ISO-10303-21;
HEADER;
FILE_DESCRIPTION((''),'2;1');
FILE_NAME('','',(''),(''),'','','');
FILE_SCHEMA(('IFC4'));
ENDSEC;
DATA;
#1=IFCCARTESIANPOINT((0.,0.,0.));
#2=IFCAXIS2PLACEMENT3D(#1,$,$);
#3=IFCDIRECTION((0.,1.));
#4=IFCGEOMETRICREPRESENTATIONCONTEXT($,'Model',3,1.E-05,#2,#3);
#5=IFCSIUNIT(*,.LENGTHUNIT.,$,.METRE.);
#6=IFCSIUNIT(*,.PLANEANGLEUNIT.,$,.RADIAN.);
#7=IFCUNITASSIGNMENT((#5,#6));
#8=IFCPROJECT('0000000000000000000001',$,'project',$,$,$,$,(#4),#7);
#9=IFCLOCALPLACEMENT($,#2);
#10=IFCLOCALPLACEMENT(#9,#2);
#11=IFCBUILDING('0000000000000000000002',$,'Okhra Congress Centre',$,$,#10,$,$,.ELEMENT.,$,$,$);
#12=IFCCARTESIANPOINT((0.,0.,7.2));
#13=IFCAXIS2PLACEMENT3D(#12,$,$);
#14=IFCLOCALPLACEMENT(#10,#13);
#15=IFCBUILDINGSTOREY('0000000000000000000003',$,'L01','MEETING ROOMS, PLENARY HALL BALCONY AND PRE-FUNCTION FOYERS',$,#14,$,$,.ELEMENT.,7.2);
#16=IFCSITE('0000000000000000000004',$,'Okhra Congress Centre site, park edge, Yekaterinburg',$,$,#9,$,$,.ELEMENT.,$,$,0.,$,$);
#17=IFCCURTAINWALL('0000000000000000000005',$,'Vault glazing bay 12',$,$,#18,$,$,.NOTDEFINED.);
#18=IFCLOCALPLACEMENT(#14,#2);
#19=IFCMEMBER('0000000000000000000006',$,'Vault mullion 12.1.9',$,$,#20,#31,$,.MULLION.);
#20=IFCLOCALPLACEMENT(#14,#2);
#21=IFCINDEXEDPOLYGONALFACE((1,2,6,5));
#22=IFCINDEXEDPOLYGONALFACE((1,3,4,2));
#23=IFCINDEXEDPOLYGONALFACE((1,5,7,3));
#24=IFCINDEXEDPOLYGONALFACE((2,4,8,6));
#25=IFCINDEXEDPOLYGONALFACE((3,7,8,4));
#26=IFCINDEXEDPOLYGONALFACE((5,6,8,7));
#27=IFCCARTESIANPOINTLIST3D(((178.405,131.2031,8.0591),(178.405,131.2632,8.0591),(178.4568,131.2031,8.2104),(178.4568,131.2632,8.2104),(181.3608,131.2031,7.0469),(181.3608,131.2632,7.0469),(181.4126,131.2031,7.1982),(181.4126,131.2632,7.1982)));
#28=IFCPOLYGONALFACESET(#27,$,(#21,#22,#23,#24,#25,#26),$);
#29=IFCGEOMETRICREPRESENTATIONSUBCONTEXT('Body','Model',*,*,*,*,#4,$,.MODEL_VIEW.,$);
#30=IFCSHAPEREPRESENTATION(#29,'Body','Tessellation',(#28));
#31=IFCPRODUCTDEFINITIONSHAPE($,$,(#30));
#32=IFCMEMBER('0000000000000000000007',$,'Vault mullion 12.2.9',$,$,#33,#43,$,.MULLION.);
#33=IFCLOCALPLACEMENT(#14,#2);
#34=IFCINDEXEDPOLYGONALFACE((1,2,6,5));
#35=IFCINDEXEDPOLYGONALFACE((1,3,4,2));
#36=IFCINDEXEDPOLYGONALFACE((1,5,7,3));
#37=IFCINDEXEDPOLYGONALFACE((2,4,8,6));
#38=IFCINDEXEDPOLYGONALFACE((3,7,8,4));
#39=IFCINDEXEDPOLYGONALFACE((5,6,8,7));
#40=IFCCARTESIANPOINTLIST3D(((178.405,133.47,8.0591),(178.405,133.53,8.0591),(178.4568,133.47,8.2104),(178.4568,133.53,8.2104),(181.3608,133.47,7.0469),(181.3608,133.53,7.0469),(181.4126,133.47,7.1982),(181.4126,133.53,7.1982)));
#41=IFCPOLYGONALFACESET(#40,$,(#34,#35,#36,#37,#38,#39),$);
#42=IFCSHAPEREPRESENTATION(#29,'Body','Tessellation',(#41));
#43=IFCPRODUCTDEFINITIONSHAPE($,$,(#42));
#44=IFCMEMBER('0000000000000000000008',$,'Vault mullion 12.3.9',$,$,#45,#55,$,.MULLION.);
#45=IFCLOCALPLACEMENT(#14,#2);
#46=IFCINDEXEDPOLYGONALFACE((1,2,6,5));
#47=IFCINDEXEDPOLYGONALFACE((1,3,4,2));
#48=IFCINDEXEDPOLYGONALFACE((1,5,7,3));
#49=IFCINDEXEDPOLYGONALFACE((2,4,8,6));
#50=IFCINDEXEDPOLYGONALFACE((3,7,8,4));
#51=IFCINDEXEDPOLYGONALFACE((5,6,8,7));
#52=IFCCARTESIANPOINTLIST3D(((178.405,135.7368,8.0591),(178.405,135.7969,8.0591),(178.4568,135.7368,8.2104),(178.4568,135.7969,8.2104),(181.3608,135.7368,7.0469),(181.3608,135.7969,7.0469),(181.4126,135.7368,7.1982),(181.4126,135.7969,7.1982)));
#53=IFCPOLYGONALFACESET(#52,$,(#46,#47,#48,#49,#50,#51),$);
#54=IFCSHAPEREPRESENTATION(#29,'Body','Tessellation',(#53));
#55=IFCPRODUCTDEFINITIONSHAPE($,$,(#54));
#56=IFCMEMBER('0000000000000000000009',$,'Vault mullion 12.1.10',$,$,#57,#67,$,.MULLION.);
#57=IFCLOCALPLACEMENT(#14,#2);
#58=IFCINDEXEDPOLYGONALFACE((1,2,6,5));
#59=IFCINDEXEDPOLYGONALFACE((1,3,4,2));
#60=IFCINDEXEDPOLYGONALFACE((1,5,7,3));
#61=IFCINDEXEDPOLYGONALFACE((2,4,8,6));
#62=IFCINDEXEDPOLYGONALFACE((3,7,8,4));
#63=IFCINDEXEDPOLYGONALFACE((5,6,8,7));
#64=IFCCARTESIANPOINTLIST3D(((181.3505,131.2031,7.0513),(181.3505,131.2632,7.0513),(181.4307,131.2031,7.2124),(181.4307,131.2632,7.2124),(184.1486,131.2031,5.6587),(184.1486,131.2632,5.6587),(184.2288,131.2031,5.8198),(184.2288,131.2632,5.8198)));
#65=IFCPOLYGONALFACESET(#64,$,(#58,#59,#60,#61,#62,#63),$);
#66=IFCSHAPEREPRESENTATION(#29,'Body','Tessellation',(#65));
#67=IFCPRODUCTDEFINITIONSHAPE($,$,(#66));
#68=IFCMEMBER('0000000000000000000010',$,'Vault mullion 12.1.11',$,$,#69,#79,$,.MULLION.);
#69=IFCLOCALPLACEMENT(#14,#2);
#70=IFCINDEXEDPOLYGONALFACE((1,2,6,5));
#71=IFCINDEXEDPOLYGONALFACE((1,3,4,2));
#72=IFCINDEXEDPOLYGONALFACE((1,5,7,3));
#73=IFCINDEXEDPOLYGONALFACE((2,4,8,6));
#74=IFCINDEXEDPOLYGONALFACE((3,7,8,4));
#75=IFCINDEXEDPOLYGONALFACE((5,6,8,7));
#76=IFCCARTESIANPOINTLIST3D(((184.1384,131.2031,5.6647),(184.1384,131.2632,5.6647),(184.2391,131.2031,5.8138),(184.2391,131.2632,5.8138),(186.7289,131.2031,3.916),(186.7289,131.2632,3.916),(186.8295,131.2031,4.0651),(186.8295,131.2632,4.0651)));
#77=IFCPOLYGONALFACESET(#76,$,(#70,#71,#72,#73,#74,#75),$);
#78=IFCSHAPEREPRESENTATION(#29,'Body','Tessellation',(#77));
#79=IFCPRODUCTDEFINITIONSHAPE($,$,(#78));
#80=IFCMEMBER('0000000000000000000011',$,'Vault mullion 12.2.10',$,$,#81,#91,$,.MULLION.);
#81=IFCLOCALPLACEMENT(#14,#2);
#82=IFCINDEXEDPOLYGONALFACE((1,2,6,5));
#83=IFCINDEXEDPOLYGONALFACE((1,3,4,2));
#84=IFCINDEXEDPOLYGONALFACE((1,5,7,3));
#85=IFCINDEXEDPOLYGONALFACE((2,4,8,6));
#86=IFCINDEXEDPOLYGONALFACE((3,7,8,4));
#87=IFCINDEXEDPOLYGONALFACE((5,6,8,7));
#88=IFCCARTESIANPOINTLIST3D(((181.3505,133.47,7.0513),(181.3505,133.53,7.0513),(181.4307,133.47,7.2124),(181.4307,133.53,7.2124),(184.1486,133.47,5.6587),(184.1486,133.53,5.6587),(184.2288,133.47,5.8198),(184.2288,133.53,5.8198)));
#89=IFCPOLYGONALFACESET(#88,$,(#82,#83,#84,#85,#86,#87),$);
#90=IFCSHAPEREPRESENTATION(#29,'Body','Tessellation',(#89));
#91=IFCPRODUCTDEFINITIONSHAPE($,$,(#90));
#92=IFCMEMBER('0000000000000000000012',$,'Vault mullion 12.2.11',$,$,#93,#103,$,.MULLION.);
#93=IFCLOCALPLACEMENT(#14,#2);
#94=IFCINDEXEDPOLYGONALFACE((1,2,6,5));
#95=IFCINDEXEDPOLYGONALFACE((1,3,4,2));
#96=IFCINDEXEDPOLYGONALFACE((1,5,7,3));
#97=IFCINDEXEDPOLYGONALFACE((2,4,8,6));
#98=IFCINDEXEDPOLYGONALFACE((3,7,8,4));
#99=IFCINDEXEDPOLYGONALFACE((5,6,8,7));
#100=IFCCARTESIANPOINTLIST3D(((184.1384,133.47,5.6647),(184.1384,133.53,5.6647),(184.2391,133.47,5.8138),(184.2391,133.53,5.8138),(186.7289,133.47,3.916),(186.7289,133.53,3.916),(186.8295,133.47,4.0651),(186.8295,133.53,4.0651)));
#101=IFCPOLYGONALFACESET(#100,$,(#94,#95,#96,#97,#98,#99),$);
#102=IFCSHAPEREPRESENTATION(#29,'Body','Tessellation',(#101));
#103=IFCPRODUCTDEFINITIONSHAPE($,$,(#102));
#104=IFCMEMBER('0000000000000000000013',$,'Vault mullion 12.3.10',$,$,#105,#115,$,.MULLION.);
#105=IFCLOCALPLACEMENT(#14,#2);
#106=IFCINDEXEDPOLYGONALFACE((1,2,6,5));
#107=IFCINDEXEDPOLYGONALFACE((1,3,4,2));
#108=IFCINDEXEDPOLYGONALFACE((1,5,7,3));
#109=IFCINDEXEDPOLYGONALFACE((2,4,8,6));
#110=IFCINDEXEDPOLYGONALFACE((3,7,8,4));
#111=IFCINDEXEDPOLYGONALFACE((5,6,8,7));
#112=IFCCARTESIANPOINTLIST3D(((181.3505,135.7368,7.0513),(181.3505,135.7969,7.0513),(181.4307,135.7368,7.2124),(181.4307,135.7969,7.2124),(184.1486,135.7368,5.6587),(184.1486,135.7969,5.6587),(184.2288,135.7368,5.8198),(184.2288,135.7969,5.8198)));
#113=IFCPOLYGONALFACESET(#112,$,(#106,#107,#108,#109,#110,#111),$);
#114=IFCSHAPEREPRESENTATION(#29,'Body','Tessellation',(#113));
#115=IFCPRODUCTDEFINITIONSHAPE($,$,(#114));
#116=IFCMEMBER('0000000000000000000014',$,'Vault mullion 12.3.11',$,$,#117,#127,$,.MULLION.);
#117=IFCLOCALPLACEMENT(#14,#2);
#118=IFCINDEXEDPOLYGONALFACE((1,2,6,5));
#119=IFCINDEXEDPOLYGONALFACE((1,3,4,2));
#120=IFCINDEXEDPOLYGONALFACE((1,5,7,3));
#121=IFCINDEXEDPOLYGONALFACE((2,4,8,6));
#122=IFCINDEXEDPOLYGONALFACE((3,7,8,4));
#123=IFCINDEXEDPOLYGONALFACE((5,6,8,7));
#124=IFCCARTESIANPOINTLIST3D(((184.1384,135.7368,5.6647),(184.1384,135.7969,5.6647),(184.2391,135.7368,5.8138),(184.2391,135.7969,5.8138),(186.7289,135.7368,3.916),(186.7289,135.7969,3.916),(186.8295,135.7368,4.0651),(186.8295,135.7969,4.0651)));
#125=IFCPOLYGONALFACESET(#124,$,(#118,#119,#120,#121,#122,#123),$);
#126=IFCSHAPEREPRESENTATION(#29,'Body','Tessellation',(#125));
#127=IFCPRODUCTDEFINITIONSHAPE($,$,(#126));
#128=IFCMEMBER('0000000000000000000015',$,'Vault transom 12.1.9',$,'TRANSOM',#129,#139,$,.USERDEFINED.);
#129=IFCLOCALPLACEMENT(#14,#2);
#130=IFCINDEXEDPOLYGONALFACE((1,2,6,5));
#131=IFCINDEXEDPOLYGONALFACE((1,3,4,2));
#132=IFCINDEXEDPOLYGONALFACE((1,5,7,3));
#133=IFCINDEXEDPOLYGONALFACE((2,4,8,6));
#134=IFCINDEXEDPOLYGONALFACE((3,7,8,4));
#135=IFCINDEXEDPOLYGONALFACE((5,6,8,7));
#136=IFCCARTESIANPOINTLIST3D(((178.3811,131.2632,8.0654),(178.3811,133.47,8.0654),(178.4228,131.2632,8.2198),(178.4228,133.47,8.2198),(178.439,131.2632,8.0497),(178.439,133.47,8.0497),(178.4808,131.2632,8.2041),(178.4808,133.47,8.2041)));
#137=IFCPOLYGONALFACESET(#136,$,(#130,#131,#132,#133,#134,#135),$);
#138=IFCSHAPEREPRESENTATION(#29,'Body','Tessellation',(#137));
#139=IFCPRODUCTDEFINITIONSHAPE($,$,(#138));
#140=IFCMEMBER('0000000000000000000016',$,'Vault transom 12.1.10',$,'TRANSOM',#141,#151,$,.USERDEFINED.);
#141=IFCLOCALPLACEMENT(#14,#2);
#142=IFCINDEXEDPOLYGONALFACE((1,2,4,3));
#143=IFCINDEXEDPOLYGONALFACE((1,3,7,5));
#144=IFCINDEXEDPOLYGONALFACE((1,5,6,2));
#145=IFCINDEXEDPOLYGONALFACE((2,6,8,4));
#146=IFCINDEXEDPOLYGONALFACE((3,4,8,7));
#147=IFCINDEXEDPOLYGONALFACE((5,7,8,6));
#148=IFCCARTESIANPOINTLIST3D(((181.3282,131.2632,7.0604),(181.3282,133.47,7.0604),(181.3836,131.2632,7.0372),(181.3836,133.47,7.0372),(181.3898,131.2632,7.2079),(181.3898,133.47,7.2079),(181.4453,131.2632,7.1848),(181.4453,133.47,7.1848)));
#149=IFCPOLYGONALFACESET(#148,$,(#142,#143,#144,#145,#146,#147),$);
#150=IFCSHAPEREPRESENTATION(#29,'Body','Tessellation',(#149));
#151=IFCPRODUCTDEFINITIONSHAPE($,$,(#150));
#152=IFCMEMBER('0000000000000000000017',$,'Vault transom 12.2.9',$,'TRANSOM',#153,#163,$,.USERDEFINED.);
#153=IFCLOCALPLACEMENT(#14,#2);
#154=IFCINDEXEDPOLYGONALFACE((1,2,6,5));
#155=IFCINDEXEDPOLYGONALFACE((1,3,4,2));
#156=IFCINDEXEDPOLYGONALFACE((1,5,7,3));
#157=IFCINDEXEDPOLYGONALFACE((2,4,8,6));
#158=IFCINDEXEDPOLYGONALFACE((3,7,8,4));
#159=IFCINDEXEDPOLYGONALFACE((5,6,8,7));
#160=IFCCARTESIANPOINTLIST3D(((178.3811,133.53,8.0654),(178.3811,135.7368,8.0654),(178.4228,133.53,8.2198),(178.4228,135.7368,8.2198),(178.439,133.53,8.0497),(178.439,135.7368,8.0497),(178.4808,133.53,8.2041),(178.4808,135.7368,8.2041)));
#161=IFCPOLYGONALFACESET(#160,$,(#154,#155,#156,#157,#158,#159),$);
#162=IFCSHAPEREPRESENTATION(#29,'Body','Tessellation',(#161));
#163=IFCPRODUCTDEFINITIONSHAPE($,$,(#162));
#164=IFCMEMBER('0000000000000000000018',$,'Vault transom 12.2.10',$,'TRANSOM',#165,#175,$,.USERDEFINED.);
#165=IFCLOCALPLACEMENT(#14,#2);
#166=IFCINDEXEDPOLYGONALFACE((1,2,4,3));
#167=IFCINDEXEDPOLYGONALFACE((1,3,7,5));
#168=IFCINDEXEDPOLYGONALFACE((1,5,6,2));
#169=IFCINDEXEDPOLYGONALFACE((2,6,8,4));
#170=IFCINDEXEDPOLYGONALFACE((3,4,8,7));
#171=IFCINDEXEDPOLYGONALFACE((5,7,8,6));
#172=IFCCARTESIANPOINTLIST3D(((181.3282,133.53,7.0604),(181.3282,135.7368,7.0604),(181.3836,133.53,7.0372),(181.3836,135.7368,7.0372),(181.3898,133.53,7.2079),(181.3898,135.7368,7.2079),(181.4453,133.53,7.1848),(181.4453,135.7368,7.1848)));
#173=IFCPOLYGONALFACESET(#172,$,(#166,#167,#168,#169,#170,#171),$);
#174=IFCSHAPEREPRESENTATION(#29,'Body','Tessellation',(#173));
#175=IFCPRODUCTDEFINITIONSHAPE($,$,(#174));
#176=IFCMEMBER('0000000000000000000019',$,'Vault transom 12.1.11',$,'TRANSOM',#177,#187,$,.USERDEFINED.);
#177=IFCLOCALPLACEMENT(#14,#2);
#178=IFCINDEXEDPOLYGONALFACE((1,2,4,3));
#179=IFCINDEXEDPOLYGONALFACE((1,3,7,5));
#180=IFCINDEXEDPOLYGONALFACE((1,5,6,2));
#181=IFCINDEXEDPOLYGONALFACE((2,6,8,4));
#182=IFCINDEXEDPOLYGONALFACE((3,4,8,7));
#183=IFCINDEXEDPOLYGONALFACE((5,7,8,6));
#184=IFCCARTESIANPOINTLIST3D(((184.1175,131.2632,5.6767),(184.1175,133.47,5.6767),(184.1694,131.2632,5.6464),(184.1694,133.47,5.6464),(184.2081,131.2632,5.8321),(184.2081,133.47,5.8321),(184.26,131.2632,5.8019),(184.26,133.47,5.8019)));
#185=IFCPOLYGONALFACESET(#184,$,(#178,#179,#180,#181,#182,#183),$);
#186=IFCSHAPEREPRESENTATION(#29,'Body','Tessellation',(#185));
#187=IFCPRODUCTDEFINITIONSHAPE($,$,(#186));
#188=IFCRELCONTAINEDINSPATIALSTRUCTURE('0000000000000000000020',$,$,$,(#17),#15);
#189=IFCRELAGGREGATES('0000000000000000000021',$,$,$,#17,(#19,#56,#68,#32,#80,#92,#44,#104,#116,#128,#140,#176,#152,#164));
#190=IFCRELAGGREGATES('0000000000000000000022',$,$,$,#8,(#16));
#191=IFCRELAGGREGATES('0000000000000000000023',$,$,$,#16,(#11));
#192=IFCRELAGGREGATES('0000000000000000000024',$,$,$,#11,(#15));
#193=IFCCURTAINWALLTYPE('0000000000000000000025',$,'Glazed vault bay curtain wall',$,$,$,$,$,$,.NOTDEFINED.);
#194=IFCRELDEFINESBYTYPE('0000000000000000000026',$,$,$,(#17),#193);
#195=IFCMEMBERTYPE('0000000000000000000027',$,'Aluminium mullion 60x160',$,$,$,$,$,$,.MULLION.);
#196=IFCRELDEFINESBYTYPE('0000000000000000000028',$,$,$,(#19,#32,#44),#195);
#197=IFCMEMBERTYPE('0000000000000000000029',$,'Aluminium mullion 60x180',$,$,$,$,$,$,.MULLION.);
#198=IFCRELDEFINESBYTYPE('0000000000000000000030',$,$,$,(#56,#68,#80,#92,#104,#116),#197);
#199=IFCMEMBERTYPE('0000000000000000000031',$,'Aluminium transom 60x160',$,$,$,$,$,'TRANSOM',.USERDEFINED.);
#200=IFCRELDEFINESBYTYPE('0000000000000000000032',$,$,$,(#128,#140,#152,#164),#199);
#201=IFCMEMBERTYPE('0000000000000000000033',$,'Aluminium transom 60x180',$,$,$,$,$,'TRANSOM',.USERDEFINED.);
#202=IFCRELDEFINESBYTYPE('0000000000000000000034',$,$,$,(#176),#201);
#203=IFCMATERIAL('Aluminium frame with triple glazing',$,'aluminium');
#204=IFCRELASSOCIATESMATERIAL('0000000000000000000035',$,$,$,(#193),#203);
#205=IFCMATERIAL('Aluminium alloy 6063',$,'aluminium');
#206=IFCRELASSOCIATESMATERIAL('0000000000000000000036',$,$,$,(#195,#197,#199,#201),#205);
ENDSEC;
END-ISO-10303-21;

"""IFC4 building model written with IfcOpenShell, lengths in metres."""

from ifc_helpers import new_model, si_unit, direction, frame, origin, origin_2d, place, context, subcontext, project, spatial, rectangle, extrude, material, material_profile, profile_set, type_object, element, aggregate, save


model = new_model("IFC4")

# Units and contexts
model_context = context("Model", 3, precision=1e-05, world=origin(), true_north=direction((0.0, 1.0)))
body_context = subcontext(model_context, "Body", "Model", "MODEL_VIEW")
ifc_project = project(units=[si_unit("LENGTHUNIT", "METRE"), si_unit("PLANEANGLEUNIT", "RADIAN")], contexts=[model_context])

# Site, building, storey
site_placement = place(None, origin())
site = spatial("IfcSite", under=ifc_project, at=site_placement, Name="Okhra Congress Centre site, park edge, Yekaterinburg", CompositionType="ELEMENT", RefElevation=0.0)
building_placement = place(site_placement, origin())
building = spatial("IfcBuilding", under=site, at=building_placement, Name="Okhra Congress Centre", CompositionType="ELEMENT")
storey_placement = place(building_placement, frame((0.0, 0.0, 7.2)))
storey = spatial("IfcBuildingStorey", under=building, at=storey_placement, Name="L01", Description="MEETING ROOMS, PLENARY HALL BALCONY AND PRE-FUNCTION FOYERS", CompositionType="ELEMENT", Elevation=7.2)

# Curtain wall, members
ifc_material_1 = material(Name="Aluminium frame with triple glazing", Category="aluminium")
curtain_wall_type = type_object("IfcCurtainWallType", Name="Glazed vault bay curtain wall", PredefinedType="NOTDEFINED", material=ifc_material_1)
curtain_wall_placement = place(storey_placement, origin())
curtain_wall = element("IfcCurtainWall", 1, at=curtain_wall_placement, inside=storey, type_object=curtain_wall_type, Name="Vault glazing bay 12", PredefinedType="NOTDEFINED")
ifc_material_2 = material(Name="Aluminium alloy 6063", Category="aluminium")
ifc_material_profile_1 = material_profile(ifc_material_2, rectangle(XDim=0.0601, YDim=0.1599, at=origin_2d()), Name="AL 60x160")
ifc_profile_set_1 = profile_set([ifc_material_profile_1], Name="Aluminium alloy 6063")
member_type_1 = type_object("IfcMemberType", Name="Aluminium mullion 60x160", PredefinedType="MULLION", material=ifc_profile_set_1)
member_1_placement = place(storey_placement, frame((178.4309, 131.2332, 8.1348), z_axis=(0.946065, 0.0, -0.323977), x_axis=(0.0, 1.0, 0.0)))
member_1 = element("IfcMember", 2, at=member_1_placement, type_object=member_type_1, Name="Vault mullion 12.1.9", PredefinedType="MULLION", context=body_context, shape_type="SweptSolid", body=[
    extrude(rectangle(XDim=0.0601, YDim=0.1599, at=origin_2d()), origin(), (0.0, 0.0, 1.0), 3.1243),
])
member_2_placement = place(storey_placement, frame((178.4309, 133.5, 8.1348), z_axis=(0.946065, 0.0, -0.323977), x_axis=(0.0, 1.0, 0.0)))
member_2 = element("IfcMember", 3, at=member_2_placement, type_object=member_type_1, Name="Vault mullion 12.2.9", PredefinedType="MULLION", context=body_context, shape_type="SweptSolid", body=[
    extrude(rectangle(XDim=0.0601, YDim=0.1599, at=origin_2d()), origin(), (0.0, 0.0, 1.0), 3.1243),
])
member_3_placement = place(storey_placement, frame((178.4309, 135.7668, 8.1348), z_axis=(0.946065, 0.0, -0.323977), x_axis=(0.0, 1.0, 0.0)))
member_3 = element("IfcMember", 4, at=member_3_placement, type_object=member_type_1, Name="Vault mullion 12.3.9", PredefinedType="MULLION", context=body_context, shape_type="SweptSolid", body=[
    extrude(rectangle(XDim=0.0601, YDim=0.1599, at=origin_2d()), origin(), (0.0, 0.0, 1.0), 3.1243),
])
ifc_material_profile_2 = material_profile(ifc_material_2, rectangle(XDim=0.0601, YDim=0.1799, at=origin_2d()), Name="AL 60x180")
ifc_profile_set_2 = profile_set([ifc_material_profile_2], Name="Aluminium alloy 6063")
member_type_2 = type_object("IfcMemberType", Name="Aluminium mullion 60x180", PredefinedType="MULLION", material=ifc_profile_set_2)
member_4_placement = place(storey_placement, frame((181.3906, 131.2332, 7.1318), z_axis=(0.895254, 0.0, -0.445557), x_axis=(0.0, 1.0, 0.0)))
member_4 = element("IfcMember", 5, at=member_4_placement, type_object=member_type_2, Name="Vault mullion 12.1.10", PredefinedType="MULLION", context=body_context, shape_type="SweptSolid", body=[
    extrude(rectangle(XDim=0.0601, YDim=0.1799, at=origin_2d()), origin(), (0.0, 0.0, 1.0), 3.1255),
])
member_5_placement = place(storey_placement, frame((184.1887, 131.2332, 5.7393), z_axis=(0.828828, 0.0, -0.559504), x_axis=(0.0, 1.0, 0.0)))
member_5 = element("IfcMember", 6, at=member_5_placement, type_object=member_type_2, Name="Vault mullion 12.1.11", PredefinedType="MULLION", context=body_context, shape_type="SweptSolid", body=[
    extrude(rectangle(XDim=0.0601, YDim=0.1799, at=origin_2d()), origin(), (0.0, 0.0, 1.0), 3.1255),
])
member_6_placement = place(storey_placement, frame((181.3906, 133.5, 7.1318), z_axis=(0.895254, 0.0, -0.445557), x_axis=(0.0, 1.0, 0.0)))
member_6 = element("IfcMember", 7, at=member_6_placement, type_object=member_type_2, Name="Vault mullion 12.2.10", PredefinedType="MULLION", context=body_context, shape_type="SweptSolid", body=[
    extrude(rectangle(XDim=0.0601, YDim=0.1799, at=origin_2d()), origin(), (0.0, 0.0, 1.0), 3.1255),
])
member_7_placement = place(storey_placement, frame((184.1887, 133.5, 5.7393), z_axis=(0.828828, 0.0, -0.559504), x_axis=(0.0, 1.0, 0.0)))
member_7 = element("IfcMember", 8, at=member_7_placement, type_object=member_type_2, Name="Vault mullion 12.2.11", PredefinedType="MULLION", context=body_context, shape_type="SweptSolid", body=[
    extrude(rectangle(XDim=0.0601, YDim=0.1799, at=origin_2d()), origin(), (0.0, 0.0, 1.0), 3.1255),
])
member_8_placement = place(storey_placement, frame((181.3906, 135.7668, 7.1318), z_axis=(0.895254, 0.0, -0.445557), x_axis=(0.0, 1.0, 0.0)))
member_8 = element("IfcMember", 9, at=member_8_placement, type_object=member_type_2, Name="Vault mullion 12.3.10", PredefinedType="MULLION", context=body_context, shape_type="SweptSolid", body=[
    extrude(rectangle(XDim=0.0601, YDim=0.1799, at=origin_2d()), origin(), (0.0, 0.0, 1.0), 3.1255),
])
member_9_placement = place(storey_placement, frame((184.1887, 135.7668, 5.7393), z_axis=(0.828828, 0.0, -0.559504), x_axis=(0.0, 1.0, 0.0)))
member_9 = element("IfcMember", 10, at=member_9_placement, type_object=member_type_2, Name="Vault mullion 12.3.11", PredefinedType="MULLION", context=body_context, shape_type="SweptSolid", body=[
    extrude(rectangle(XDim=0.0601, YDim=0.1799, at=origin_2d()), origin(), (0.0, 0.0, 1.0), 3.1255),
])
ifc_material_profile_3 = material_profile(ifc_material_2, rectangle(XDim=0.0601, YDim=0.1599, at=origin_2d()), Name="AL 60x160 transom")
ifc_profile_set_3 = profile_set([ifc_material_profile_3], Name="Aluminium alloy 6063")
member_type_3 = type_object("IfcMemberType", Name="Aluminium transom 60x160", ElementType="TRANSOM", PredefinedType="USERDEFINED", material=ifc_profile_set_3)
member_10_placement = place(storey_placement, frame((178.4309, 131.2632, 8.1348), z_axis=(0.0, 1.0, 0.0), x_axis=(-0.96538, 0.0, 0.260848)))
member_10 = element("IfcMember", 11, at=member_10_placement, type_object=member_type_3, Name="Vault transom 12.1.9", ObjectType="TRANSOM", PredefinedType="USERDEFINED", context=body_context, shape_type="SweptSolid", body=[
    extrude(rectangle(XDim=0.0601, YDim=0.1599, at=origin_2d()), origin(), (0.0, 0.0, 1.0), 2.2068),
])
member_11_placement = place(storey_placement, frame((181.3867, 131.2632, 7.1226), z_axis=(0.0, 1.0, 0.0), x_axis=(-0.922669, 0.0, 0.385593)))
member_11 = element("IfcMember", 12, at=member_11_placement, type_object=member_type_3, Name="Vault transom 12.1.10", ObjectType="TRANSOM", PredefinedType="USERDEFINED", context=body_context, shape_type="SweptSolid", body=[
    extrude(rectangle(XDim=0.0601, YDim=0.1599, at=origin_2d()), origin(), (0.0, 0.0, 1.0), 2.2068),
])
member_12_placement = place(storey_placement, frame((178.4309, 133.53, 8.1348), z_axis=(0.0, 1.0, 0.0), x_axis=(-0.96538, 0.0, 0.260848)))
member_12 = element("IfcMember", 13, at=member_12_placement, type_object=member_type_3, Name="Vault transom 12.2.9", ObjectType="TRANSOM", PredefinedType="USERDEFINED", context=body_context, shape_type="SweptSolid", body=[
    extrude(rectangle(XDim=0.0601, YDim=0.1599, at=origin_2d()), origin(), (0.0, 0.0, 1.0), 2.2068),
])
member_13_placement = place(storey_placement, frame((181.3867, 133.53, 7.1226), z_axis=(0.0, 1.0, 0.0), x_axis=(-0.922669, 0.0, 0.385593)))
member_13 = element("IfcMember", 14, at=member_13_placement, type_object=member_type_3, Name="Vault transom 12.2.10", ObjectType="TRANSOM", PredefinedType="USERDEFINED", context=body_context, shape_type="SweptSolid", body=[
    extrude(rectangle(XDim=0.0601, YDim=0.1599, at=origin_2d()), origin(), (0.0, 0.0, 1.0), 2.2068),
])
ifc_material_profile_4 = material_profile(ifc_material_2, rectangle(XDim=0.0601, YDim=0.1799, at=origin_2d()), Name="AL 60x180 transom")
ifc_profile_set_4 = profile_set([ifc_material_profile_4], Name="Aluminium alloy 6063")
member_type_4 = type_object("IfcMemberType", Name="Aluminium transom 60x180", ElementType="TRANSOM", PredefinedType="USERDEFINED", material=ifc_profile_set_4)
member_14_placement = place(storey_placement, frame((184.1887, 131.2632, 5.7393), z_axis=(0.0, 1.0, 0.0), x_axis=(-0.863917, 0.0, 0.503634)))
member_14 = element("IfcMember", 15, at=member_14_placement, type_object=member_type_4, Name="Vault transom 12.1.11", ObjectType="TRANSOM", PredefinedType="USERDEFINED", context=body_context, shape_type="SweptSolid", body=[
    extrude(rectangle(XDim=0.0601, YDim=0.1799, at=origin_2d()), origin(), (0.0, 0.0, 1.0), 2.2068),
])

aggregate(curtain_wall, [member_1, member_4, member_5, member_2, member_6, member_7, member_3, member_8, member_9, member_10, member_11, member_14, member_12, member_13])

save(model, "model.ifc")
